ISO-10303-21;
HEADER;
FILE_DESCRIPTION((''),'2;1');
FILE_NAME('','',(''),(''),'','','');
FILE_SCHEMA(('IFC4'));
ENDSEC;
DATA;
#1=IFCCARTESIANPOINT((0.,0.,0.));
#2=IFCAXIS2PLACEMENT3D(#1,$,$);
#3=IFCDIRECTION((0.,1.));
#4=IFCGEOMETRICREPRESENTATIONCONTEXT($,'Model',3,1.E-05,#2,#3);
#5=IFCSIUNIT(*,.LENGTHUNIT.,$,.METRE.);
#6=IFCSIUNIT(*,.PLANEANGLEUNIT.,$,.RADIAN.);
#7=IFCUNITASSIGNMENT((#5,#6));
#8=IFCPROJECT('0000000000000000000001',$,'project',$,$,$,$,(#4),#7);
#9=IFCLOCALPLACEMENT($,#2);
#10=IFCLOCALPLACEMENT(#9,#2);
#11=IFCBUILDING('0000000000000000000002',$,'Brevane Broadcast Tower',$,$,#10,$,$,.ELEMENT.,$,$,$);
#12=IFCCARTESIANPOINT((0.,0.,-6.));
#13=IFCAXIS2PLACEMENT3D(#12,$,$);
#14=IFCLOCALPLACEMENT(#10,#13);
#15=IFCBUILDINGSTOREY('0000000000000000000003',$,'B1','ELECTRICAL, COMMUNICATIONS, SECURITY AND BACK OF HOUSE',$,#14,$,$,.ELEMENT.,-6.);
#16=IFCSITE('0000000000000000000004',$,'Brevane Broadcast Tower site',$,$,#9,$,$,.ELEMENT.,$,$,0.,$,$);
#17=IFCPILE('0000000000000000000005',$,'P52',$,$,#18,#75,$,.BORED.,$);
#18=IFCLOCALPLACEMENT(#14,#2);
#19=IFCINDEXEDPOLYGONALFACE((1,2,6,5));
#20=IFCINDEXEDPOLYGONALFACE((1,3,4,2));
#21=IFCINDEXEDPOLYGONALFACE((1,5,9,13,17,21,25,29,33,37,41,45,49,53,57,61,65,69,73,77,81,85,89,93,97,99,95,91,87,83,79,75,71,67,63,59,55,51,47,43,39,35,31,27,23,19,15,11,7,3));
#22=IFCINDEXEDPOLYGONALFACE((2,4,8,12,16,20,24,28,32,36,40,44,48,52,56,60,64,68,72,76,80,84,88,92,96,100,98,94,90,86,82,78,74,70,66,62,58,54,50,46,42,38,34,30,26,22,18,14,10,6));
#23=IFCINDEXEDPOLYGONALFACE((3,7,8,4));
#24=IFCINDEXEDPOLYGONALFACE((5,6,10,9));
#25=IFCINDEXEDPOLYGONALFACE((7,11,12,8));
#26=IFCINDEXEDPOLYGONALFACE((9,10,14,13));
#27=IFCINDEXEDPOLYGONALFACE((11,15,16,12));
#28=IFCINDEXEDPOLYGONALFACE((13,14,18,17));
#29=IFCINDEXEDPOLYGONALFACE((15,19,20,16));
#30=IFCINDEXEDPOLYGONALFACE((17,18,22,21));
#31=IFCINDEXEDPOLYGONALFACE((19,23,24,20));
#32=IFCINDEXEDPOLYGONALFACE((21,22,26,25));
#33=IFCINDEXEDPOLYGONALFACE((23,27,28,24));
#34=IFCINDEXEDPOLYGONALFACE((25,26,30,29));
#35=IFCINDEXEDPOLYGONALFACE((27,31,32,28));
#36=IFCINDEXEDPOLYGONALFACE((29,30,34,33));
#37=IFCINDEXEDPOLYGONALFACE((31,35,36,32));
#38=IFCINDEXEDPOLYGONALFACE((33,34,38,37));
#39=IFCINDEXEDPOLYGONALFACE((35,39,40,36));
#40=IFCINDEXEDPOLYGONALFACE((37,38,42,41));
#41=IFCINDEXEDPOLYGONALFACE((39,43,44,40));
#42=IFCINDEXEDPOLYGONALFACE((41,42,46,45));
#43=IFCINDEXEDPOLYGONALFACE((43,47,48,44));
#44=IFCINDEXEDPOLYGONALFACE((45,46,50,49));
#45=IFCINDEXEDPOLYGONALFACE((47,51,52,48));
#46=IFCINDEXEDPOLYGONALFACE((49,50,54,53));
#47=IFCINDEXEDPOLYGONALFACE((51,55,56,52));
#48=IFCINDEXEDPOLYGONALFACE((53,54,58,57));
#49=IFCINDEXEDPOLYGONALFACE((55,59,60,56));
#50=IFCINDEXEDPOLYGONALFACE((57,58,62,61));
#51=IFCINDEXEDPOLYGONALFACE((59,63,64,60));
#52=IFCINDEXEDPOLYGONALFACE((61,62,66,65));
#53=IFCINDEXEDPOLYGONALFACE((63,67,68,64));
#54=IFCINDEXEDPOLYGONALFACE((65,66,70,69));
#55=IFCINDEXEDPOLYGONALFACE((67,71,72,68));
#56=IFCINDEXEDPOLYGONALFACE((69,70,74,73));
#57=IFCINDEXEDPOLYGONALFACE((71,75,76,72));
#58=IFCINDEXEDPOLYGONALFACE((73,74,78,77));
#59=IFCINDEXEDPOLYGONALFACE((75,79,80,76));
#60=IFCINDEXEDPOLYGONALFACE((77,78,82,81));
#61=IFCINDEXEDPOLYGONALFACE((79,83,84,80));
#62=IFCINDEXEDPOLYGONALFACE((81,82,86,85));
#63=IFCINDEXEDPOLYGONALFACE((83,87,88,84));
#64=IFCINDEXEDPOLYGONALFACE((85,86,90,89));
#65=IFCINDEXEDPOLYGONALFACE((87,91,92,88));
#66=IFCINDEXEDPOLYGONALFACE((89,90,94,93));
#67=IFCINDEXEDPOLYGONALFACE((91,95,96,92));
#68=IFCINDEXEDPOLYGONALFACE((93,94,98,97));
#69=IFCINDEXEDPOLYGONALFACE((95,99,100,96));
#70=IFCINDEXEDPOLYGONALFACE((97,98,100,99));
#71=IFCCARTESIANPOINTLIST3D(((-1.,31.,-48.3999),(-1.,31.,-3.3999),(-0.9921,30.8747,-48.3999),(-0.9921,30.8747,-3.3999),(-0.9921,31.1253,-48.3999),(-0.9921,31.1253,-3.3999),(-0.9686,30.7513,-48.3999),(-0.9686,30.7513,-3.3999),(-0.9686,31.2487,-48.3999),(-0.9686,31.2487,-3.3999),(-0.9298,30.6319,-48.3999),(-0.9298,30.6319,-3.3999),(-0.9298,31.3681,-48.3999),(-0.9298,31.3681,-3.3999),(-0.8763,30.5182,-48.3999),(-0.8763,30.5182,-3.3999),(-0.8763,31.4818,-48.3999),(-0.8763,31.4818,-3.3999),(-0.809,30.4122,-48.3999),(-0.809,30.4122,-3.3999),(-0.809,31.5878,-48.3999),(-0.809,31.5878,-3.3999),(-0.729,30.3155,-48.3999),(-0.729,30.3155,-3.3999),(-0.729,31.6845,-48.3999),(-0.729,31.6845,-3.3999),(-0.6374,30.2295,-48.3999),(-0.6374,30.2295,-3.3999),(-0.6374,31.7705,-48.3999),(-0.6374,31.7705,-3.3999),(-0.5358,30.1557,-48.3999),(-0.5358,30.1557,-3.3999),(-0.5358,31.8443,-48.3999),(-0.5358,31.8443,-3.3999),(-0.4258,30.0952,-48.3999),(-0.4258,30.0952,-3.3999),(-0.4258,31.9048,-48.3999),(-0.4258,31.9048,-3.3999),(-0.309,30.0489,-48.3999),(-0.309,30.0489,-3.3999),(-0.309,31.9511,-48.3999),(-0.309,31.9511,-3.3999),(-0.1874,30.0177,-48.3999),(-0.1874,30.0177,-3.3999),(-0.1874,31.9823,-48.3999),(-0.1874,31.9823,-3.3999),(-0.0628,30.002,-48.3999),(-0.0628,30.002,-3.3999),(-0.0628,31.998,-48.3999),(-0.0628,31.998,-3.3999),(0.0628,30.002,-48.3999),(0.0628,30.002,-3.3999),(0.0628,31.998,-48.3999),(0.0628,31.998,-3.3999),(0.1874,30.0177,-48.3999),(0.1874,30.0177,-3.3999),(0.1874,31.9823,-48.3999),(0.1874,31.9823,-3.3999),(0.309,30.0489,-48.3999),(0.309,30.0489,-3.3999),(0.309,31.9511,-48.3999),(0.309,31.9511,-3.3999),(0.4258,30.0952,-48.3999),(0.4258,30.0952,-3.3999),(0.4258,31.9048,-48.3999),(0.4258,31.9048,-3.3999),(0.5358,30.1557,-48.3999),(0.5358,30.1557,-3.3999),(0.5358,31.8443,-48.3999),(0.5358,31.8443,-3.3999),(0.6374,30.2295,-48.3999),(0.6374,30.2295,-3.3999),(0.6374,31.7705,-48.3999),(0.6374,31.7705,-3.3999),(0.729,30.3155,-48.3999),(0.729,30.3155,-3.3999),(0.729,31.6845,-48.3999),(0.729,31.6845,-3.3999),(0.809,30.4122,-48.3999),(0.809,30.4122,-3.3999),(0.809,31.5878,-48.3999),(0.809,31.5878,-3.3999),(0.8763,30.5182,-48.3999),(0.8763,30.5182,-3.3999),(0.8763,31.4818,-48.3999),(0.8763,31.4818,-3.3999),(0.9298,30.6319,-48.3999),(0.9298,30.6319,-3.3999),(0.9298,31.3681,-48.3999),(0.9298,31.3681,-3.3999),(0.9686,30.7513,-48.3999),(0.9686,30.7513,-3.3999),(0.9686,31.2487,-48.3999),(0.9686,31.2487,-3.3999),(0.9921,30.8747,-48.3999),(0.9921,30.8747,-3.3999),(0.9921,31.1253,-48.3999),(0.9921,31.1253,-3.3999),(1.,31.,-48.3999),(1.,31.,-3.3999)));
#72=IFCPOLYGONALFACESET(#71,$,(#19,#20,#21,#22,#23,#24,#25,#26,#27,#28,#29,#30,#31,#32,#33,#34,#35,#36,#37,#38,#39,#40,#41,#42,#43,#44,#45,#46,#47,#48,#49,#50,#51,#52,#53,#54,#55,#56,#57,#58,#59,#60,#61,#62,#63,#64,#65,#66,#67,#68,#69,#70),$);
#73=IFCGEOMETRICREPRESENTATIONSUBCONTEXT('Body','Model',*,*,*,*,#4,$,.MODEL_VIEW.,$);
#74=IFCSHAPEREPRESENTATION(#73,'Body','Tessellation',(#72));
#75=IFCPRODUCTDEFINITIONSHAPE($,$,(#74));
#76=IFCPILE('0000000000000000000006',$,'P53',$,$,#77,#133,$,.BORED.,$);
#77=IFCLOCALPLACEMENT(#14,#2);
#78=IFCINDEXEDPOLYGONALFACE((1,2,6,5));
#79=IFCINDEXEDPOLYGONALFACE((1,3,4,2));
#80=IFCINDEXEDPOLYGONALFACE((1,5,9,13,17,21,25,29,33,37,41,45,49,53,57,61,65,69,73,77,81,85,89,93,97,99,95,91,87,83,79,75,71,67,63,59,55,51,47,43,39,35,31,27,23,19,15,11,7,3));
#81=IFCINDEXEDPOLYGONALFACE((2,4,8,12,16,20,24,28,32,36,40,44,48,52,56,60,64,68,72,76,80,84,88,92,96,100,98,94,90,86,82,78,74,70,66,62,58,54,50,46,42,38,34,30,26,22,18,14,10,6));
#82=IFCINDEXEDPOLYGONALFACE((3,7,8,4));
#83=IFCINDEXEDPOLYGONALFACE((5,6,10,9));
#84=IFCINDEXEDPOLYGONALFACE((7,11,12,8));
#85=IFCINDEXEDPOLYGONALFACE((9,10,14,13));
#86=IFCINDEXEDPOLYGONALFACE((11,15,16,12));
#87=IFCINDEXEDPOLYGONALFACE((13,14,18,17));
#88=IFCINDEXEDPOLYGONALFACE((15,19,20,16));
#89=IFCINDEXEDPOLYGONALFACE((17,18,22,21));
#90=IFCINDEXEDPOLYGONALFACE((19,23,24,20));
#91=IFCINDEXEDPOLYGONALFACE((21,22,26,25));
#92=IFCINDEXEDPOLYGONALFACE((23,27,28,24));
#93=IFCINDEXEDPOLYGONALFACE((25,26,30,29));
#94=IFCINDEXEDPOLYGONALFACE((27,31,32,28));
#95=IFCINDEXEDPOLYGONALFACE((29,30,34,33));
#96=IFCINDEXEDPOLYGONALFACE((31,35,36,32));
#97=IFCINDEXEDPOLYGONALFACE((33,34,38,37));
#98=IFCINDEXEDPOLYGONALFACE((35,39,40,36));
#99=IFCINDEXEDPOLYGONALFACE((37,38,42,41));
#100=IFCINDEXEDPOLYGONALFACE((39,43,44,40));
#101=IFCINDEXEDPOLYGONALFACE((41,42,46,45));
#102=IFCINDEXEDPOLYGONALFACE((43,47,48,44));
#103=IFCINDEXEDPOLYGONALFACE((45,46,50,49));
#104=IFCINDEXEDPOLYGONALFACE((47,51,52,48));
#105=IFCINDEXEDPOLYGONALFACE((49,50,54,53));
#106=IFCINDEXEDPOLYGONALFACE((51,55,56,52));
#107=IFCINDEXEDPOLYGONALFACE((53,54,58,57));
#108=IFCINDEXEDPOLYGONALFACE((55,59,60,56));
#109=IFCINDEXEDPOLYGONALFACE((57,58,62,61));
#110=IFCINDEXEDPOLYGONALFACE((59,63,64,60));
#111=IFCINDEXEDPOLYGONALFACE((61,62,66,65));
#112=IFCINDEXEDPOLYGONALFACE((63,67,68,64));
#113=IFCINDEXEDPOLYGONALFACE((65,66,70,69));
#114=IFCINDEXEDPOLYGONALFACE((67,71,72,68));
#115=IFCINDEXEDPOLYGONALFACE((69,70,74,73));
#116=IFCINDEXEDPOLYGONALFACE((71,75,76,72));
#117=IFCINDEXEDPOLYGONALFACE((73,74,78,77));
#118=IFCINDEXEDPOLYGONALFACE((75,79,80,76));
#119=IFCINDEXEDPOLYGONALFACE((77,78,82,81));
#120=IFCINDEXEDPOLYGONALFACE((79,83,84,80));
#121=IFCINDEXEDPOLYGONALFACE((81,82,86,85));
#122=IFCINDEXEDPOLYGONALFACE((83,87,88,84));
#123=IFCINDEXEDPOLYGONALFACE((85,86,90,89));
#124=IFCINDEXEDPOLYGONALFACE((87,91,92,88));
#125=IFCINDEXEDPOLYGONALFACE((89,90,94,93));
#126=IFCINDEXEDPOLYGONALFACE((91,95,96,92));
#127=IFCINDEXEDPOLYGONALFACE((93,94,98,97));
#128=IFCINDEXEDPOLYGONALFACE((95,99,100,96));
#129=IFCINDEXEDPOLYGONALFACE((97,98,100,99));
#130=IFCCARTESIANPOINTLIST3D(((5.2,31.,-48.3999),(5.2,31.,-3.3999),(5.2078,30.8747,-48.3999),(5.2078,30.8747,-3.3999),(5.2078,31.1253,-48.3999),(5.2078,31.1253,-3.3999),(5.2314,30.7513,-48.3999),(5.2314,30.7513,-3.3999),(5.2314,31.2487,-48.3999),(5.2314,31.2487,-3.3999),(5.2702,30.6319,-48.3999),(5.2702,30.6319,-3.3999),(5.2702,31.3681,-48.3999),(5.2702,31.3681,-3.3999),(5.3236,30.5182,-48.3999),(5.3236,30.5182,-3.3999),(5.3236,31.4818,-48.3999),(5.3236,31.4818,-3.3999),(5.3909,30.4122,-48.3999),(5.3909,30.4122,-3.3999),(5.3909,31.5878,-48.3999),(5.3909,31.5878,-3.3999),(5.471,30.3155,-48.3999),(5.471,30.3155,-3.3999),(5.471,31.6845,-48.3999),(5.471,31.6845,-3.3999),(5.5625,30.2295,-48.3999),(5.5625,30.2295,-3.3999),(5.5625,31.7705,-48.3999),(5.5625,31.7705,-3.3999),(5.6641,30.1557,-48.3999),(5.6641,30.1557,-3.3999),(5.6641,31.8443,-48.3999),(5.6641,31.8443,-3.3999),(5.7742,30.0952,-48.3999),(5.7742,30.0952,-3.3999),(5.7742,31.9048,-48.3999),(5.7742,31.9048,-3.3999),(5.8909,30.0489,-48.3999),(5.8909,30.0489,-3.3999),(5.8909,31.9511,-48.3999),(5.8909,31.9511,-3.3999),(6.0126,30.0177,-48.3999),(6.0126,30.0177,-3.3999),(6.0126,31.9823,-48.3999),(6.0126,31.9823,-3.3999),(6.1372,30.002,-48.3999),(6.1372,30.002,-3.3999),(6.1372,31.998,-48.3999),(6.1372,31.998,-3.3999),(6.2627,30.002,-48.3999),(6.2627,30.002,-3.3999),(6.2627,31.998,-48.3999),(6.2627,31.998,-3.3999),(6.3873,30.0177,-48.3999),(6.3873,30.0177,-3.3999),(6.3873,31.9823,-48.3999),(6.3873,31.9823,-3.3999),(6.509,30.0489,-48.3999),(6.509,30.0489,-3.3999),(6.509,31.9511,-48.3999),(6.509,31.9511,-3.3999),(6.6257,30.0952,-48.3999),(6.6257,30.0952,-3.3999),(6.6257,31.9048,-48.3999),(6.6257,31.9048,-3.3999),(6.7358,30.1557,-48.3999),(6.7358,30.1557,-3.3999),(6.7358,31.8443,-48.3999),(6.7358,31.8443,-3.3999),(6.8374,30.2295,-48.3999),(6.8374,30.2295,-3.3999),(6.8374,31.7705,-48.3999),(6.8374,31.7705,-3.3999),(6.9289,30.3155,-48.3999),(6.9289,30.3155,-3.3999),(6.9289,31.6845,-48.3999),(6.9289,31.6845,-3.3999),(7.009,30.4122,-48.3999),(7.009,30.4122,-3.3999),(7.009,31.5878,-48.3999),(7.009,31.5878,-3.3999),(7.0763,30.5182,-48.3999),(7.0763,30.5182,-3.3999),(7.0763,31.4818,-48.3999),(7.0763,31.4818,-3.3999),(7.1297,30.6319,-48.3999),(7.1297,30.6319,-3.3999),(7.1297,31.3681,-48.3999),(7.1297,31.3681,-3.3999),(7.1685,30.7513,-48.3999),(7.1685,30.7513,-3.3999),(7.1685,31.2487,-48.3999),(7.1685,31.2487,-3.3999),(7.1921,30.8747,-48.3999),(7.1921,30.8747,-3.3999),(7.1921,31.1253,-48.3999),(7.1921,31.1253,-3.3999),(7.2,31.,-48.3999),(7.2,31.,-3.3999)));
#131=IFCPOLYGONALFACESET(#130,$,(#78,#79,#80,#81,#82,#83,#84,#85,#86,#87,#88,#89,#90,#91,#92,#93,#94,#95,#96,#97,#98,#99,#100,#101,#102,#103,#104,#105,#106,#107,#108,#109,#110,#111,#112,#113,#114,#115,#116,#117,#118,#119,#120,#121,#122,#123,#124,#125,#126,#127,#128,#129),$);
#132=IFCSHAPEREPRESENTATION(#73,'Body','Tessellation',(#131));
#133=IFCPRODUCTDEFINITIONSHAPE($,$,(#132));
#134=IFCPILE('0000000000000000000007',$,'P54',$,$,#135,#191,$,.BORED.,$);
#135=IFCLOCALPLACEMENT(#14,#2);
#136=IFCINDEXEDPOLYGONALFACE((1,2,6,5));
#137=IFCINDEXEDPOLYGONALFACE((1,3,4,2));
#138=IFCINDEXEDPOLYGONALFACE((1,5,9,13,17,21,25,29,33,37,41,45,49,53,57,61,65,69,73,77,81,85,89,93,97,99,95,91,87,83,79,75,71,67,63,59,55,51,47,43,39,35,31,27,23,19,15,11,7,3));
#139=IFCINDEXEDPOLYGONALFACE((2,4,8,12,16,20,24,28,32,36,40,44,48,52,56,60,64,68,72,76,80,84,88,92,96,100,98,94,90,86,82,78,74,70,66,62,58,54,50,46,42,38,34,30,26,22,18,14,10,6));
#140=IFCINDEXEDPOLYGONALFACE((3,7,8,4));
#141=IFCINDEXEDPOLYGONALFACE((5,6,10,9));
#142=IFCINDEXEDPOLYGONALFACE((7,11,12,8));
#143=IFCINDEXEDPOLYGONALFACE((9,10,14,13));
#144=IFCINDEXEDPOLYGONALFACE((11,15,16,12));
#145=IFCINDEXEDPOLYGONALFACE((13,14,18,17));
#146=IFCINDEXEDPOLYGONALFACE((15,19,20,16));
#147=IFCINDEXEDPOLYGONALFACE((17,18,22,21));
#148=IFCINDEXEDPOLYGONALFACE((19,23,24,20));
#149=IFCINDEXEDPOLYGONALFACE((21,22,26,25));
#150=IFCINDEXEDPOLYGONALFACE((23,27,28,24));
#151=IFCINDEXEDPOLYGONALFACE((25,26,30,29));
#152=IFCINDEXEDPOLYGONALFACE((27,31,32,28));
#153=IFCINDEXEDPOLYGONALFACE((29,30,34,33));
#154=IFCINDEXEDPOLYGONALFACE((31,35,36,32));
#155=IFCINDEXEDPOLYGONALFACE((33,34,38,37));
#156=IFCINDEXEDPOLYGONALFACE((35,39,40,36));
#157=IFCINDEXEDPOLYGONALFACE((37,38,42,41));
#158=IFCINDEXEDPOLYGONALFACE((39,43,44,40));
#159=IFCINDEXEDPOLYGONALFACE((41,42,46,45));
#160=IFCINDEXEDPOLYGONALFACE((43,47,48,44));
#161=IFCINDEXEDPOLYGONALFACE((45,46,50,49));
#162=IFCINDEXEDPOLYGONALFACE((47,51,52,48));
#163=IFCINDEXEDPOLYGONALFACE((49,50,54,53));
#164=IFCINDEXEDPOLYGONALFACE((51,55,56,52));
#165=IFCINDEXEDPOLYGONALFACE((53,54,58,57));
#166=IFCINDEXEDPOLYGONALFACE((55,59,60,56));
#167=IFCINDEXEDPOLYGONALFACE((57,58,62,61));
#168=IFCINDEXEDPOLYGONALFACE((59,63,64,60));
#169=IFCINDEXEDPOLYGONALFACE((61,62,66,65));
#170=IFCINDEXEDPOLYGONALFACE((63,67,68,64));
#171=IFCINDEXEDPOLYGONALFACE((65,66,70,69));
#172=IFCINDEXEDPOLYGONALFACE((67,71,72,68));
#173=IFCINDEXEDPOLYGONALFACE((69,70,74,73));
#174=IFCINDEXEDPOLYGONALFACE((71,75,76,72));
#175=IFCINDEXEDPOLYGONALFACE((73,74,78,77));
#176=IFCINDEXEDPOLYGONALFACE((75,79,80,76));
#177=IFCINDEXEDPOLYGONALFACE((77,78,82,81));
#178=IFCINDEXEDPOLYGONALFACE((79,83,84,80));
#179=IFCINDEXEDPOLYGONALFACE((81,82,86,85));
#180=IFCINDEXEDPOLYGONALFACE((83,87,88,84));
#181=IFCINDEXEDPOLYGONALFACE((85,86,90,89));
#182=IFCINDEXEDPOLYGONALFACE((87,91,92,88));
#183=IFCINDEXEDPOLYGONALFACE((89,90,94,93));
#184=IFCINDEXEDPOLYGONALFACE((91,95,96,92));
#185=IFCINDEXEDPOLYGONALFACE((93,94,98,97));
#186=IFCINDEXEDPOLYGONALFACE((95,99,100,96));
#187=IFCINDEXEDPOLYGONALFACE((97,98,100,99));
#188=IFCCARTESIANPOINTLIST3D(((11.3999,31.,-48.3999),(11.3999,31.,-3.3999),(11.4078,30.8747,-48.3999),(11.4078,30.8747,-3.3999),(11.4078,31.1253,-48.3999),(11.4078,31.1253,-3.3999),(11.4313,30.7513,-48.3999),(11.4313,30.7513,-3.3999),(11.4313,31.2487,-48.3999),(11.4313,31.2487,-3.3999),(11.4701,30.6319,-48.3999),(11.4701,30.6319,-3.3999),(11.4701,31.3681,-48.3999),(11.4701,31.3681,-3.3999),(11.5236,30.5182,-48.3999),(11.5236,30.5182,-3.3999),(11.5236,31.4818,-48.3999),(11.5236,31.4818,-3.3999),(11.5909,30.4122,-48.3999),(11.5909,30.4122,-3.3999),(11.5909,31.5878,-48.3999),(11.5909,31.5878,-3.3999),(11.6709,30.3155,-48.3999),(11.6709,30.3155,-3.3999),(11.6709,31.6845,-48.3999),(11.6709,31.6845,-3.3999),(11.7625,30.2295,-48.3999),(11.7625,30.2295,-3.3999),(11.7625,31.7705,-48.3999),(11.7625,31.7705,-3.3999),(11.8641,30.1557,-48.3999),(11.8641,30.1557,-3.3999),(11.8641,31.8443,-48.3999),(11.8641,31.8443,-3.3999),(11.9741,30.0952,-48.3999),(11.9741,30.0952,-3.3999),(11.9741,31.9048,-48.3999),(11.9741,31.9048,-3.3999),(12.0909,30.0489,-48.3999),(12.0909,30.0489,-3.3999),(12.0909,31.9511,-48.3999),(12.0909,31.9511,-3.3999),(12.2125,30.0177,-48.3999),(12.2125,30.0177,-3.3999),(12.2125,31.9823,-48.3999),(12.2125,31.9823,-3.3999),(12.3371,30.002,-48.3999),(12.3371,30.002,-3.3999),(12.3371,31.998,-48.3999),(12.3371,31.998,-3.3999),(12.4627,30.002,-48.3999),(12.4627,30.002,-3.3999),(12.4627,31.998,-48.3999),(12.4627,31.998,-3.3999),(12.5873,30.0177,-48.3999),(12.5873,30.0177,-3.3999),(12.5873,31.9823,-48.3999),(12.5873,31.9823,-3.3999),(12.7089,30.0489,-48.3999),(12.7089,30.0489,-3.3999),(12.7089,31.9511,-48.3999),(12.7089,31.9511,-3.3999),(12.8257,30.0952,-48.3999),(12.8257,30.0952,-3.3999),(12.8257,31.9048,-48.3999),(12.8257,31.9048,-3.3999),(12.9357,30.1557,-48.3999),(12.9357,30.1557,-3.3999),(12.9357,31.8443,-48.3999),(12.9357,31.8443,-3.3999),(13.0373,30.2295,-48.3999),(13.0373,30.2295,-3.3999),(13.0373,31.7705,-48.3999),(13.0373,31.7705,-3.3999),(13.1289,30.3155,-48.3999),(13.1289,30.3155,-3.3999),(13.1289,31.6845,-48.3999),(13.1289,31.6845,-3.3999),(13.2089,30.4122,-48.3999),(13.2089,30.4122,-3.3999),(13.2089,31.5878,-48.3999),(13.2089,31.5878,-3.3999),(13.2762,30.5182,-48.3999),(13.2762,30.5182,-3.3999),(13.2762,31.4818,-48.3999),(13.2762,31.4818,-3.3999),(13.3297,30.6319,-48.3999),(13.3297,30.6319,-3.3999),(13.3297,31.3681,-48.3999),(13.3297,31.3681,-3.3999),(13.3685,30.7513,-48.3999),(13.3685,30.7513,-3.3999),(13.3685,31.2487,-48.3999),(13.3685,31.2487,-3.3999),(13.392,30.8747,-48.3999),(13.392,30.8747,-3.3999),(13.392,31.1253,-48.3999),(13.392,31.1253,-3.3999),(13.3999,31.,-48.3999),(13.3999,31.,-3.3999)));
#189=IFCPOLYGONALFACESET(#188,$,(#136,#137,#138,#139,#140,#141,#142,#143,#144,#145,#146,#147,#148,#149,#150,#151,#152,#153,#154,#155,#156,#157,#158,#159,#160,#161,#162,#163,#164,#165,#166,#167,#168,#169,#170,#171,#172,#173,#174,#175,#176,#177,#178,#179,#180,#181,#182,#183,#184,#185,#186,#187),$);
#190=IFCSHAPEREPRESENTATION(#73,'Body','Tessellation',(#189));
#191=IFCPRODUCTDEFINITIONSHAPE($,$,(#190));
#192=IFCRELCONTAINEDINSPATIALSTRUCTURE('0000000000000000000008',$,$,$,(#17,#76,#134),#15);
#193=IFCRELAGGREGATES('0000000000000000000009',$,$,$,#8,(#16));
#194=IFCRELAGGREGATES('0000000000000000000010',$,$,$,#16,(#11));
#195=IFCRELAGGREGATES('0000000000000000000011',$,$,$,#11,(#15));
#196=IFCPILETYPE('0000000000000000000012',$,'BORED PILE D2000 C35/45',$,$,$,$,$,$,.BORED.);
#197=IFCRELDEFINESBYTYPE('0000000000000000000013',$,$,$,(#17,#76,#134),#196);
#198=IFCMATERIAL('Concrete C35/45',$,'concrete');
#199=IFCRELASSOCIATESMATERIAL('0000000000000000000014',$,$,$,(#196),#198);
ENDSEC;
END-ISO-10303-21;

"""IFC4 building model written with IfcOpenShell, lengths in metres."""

from ifc_helpers import new_model, si_unit, direction, frame, origin, origin_2d, place, context, subcontext, project, spatial, circle, extrude, material, material_profile, profile_set, type_object, element, save


model = new_model("IFC4")

# Units and contexts
model_context = context("Model", 3, precision=1e-05, world=origin(), true_north=direction((0.0, 1.0)))
body_context = subcontext(model_context, "Body", "Model", "MODEL_VIEW")
ifc_project = project(units=[si_unit("LENGTHUNIT", "METRE"), si_unit("PLANEANGLEUNIT", "RADIAN")], contexts=[model_context])

# Site, building, storey
site_placement = place(None, origin())
site = spatial("IfcSite", under=ifc_project, at=site_placement, Name="Brevane Broadcast Tower site", CompositionType="ELEMENT", RefElevation=0.0)
building_placement = place(site_placement, origin())
building = spatial("IfcBuilding", under=site, at=building_placement, Name="Brevane Broadcast Tower", CompositionType="ELEMENT")
storey_placement = place(building_placement, frame((0.0, 0.0, -6.0)))
storey = spatial("IfcBuildingStorey", under=building, at=storey_placement, Name="B1", Description="ELECTRICAL, COMMUNICATIONS, SECURITY AND BACK OF HOUSE", CompositionType="ELEMENT", Elevation=-6.0)

# Piles
ifc_material_1 = material(Name="Concrete C35/45", Category="concrete")
ifc_material_profile_1 = material_profile(ifc_material_1, circle(Radius=1.0, at=origin_2d()), Name="RC D2000")
ifc_profile_set_1 = profile_set([ifc_material_profile_1], Name="Concrete C35/45")
pile_type = type_object("IfcPileType", Name="BORED PILE D2000 C35/45", PredefinedType="BORED", material=ifc_profile_set_1)
for number, where, z_axis, x_axis, name in (
    (1, (0.0, 31.0, -3.3999), (0.0, 0.0, -1.0), (1.0, 0.0, 0.0), "P52"),
    (2, (6.2, 31.0, -3.3999), (0.0, 0.0, -1.0), (1.0, 0.0, 0.0), "P53"),
    (3, (12.3999, 31.0, -3.3999), (0.0, 0.0, -1.0), (1.0, 0.0, 0.0), "P54"),
):
    element("IfcPile", number, at=place(storey_placement, frame(where, z_axis=z_axis, x_axis=x_axis)), inside=storey, type_object=pile_type, Name=name, PredefinedType="BORED", context=body_context, shape_type="SweptSolid", body=[
        extrude(circle(Radius=1.0, at=origin_2d()), origin(), (0.0, 0.0, 1.0), 45.0),
    ])

save(model, "model.ifc")
